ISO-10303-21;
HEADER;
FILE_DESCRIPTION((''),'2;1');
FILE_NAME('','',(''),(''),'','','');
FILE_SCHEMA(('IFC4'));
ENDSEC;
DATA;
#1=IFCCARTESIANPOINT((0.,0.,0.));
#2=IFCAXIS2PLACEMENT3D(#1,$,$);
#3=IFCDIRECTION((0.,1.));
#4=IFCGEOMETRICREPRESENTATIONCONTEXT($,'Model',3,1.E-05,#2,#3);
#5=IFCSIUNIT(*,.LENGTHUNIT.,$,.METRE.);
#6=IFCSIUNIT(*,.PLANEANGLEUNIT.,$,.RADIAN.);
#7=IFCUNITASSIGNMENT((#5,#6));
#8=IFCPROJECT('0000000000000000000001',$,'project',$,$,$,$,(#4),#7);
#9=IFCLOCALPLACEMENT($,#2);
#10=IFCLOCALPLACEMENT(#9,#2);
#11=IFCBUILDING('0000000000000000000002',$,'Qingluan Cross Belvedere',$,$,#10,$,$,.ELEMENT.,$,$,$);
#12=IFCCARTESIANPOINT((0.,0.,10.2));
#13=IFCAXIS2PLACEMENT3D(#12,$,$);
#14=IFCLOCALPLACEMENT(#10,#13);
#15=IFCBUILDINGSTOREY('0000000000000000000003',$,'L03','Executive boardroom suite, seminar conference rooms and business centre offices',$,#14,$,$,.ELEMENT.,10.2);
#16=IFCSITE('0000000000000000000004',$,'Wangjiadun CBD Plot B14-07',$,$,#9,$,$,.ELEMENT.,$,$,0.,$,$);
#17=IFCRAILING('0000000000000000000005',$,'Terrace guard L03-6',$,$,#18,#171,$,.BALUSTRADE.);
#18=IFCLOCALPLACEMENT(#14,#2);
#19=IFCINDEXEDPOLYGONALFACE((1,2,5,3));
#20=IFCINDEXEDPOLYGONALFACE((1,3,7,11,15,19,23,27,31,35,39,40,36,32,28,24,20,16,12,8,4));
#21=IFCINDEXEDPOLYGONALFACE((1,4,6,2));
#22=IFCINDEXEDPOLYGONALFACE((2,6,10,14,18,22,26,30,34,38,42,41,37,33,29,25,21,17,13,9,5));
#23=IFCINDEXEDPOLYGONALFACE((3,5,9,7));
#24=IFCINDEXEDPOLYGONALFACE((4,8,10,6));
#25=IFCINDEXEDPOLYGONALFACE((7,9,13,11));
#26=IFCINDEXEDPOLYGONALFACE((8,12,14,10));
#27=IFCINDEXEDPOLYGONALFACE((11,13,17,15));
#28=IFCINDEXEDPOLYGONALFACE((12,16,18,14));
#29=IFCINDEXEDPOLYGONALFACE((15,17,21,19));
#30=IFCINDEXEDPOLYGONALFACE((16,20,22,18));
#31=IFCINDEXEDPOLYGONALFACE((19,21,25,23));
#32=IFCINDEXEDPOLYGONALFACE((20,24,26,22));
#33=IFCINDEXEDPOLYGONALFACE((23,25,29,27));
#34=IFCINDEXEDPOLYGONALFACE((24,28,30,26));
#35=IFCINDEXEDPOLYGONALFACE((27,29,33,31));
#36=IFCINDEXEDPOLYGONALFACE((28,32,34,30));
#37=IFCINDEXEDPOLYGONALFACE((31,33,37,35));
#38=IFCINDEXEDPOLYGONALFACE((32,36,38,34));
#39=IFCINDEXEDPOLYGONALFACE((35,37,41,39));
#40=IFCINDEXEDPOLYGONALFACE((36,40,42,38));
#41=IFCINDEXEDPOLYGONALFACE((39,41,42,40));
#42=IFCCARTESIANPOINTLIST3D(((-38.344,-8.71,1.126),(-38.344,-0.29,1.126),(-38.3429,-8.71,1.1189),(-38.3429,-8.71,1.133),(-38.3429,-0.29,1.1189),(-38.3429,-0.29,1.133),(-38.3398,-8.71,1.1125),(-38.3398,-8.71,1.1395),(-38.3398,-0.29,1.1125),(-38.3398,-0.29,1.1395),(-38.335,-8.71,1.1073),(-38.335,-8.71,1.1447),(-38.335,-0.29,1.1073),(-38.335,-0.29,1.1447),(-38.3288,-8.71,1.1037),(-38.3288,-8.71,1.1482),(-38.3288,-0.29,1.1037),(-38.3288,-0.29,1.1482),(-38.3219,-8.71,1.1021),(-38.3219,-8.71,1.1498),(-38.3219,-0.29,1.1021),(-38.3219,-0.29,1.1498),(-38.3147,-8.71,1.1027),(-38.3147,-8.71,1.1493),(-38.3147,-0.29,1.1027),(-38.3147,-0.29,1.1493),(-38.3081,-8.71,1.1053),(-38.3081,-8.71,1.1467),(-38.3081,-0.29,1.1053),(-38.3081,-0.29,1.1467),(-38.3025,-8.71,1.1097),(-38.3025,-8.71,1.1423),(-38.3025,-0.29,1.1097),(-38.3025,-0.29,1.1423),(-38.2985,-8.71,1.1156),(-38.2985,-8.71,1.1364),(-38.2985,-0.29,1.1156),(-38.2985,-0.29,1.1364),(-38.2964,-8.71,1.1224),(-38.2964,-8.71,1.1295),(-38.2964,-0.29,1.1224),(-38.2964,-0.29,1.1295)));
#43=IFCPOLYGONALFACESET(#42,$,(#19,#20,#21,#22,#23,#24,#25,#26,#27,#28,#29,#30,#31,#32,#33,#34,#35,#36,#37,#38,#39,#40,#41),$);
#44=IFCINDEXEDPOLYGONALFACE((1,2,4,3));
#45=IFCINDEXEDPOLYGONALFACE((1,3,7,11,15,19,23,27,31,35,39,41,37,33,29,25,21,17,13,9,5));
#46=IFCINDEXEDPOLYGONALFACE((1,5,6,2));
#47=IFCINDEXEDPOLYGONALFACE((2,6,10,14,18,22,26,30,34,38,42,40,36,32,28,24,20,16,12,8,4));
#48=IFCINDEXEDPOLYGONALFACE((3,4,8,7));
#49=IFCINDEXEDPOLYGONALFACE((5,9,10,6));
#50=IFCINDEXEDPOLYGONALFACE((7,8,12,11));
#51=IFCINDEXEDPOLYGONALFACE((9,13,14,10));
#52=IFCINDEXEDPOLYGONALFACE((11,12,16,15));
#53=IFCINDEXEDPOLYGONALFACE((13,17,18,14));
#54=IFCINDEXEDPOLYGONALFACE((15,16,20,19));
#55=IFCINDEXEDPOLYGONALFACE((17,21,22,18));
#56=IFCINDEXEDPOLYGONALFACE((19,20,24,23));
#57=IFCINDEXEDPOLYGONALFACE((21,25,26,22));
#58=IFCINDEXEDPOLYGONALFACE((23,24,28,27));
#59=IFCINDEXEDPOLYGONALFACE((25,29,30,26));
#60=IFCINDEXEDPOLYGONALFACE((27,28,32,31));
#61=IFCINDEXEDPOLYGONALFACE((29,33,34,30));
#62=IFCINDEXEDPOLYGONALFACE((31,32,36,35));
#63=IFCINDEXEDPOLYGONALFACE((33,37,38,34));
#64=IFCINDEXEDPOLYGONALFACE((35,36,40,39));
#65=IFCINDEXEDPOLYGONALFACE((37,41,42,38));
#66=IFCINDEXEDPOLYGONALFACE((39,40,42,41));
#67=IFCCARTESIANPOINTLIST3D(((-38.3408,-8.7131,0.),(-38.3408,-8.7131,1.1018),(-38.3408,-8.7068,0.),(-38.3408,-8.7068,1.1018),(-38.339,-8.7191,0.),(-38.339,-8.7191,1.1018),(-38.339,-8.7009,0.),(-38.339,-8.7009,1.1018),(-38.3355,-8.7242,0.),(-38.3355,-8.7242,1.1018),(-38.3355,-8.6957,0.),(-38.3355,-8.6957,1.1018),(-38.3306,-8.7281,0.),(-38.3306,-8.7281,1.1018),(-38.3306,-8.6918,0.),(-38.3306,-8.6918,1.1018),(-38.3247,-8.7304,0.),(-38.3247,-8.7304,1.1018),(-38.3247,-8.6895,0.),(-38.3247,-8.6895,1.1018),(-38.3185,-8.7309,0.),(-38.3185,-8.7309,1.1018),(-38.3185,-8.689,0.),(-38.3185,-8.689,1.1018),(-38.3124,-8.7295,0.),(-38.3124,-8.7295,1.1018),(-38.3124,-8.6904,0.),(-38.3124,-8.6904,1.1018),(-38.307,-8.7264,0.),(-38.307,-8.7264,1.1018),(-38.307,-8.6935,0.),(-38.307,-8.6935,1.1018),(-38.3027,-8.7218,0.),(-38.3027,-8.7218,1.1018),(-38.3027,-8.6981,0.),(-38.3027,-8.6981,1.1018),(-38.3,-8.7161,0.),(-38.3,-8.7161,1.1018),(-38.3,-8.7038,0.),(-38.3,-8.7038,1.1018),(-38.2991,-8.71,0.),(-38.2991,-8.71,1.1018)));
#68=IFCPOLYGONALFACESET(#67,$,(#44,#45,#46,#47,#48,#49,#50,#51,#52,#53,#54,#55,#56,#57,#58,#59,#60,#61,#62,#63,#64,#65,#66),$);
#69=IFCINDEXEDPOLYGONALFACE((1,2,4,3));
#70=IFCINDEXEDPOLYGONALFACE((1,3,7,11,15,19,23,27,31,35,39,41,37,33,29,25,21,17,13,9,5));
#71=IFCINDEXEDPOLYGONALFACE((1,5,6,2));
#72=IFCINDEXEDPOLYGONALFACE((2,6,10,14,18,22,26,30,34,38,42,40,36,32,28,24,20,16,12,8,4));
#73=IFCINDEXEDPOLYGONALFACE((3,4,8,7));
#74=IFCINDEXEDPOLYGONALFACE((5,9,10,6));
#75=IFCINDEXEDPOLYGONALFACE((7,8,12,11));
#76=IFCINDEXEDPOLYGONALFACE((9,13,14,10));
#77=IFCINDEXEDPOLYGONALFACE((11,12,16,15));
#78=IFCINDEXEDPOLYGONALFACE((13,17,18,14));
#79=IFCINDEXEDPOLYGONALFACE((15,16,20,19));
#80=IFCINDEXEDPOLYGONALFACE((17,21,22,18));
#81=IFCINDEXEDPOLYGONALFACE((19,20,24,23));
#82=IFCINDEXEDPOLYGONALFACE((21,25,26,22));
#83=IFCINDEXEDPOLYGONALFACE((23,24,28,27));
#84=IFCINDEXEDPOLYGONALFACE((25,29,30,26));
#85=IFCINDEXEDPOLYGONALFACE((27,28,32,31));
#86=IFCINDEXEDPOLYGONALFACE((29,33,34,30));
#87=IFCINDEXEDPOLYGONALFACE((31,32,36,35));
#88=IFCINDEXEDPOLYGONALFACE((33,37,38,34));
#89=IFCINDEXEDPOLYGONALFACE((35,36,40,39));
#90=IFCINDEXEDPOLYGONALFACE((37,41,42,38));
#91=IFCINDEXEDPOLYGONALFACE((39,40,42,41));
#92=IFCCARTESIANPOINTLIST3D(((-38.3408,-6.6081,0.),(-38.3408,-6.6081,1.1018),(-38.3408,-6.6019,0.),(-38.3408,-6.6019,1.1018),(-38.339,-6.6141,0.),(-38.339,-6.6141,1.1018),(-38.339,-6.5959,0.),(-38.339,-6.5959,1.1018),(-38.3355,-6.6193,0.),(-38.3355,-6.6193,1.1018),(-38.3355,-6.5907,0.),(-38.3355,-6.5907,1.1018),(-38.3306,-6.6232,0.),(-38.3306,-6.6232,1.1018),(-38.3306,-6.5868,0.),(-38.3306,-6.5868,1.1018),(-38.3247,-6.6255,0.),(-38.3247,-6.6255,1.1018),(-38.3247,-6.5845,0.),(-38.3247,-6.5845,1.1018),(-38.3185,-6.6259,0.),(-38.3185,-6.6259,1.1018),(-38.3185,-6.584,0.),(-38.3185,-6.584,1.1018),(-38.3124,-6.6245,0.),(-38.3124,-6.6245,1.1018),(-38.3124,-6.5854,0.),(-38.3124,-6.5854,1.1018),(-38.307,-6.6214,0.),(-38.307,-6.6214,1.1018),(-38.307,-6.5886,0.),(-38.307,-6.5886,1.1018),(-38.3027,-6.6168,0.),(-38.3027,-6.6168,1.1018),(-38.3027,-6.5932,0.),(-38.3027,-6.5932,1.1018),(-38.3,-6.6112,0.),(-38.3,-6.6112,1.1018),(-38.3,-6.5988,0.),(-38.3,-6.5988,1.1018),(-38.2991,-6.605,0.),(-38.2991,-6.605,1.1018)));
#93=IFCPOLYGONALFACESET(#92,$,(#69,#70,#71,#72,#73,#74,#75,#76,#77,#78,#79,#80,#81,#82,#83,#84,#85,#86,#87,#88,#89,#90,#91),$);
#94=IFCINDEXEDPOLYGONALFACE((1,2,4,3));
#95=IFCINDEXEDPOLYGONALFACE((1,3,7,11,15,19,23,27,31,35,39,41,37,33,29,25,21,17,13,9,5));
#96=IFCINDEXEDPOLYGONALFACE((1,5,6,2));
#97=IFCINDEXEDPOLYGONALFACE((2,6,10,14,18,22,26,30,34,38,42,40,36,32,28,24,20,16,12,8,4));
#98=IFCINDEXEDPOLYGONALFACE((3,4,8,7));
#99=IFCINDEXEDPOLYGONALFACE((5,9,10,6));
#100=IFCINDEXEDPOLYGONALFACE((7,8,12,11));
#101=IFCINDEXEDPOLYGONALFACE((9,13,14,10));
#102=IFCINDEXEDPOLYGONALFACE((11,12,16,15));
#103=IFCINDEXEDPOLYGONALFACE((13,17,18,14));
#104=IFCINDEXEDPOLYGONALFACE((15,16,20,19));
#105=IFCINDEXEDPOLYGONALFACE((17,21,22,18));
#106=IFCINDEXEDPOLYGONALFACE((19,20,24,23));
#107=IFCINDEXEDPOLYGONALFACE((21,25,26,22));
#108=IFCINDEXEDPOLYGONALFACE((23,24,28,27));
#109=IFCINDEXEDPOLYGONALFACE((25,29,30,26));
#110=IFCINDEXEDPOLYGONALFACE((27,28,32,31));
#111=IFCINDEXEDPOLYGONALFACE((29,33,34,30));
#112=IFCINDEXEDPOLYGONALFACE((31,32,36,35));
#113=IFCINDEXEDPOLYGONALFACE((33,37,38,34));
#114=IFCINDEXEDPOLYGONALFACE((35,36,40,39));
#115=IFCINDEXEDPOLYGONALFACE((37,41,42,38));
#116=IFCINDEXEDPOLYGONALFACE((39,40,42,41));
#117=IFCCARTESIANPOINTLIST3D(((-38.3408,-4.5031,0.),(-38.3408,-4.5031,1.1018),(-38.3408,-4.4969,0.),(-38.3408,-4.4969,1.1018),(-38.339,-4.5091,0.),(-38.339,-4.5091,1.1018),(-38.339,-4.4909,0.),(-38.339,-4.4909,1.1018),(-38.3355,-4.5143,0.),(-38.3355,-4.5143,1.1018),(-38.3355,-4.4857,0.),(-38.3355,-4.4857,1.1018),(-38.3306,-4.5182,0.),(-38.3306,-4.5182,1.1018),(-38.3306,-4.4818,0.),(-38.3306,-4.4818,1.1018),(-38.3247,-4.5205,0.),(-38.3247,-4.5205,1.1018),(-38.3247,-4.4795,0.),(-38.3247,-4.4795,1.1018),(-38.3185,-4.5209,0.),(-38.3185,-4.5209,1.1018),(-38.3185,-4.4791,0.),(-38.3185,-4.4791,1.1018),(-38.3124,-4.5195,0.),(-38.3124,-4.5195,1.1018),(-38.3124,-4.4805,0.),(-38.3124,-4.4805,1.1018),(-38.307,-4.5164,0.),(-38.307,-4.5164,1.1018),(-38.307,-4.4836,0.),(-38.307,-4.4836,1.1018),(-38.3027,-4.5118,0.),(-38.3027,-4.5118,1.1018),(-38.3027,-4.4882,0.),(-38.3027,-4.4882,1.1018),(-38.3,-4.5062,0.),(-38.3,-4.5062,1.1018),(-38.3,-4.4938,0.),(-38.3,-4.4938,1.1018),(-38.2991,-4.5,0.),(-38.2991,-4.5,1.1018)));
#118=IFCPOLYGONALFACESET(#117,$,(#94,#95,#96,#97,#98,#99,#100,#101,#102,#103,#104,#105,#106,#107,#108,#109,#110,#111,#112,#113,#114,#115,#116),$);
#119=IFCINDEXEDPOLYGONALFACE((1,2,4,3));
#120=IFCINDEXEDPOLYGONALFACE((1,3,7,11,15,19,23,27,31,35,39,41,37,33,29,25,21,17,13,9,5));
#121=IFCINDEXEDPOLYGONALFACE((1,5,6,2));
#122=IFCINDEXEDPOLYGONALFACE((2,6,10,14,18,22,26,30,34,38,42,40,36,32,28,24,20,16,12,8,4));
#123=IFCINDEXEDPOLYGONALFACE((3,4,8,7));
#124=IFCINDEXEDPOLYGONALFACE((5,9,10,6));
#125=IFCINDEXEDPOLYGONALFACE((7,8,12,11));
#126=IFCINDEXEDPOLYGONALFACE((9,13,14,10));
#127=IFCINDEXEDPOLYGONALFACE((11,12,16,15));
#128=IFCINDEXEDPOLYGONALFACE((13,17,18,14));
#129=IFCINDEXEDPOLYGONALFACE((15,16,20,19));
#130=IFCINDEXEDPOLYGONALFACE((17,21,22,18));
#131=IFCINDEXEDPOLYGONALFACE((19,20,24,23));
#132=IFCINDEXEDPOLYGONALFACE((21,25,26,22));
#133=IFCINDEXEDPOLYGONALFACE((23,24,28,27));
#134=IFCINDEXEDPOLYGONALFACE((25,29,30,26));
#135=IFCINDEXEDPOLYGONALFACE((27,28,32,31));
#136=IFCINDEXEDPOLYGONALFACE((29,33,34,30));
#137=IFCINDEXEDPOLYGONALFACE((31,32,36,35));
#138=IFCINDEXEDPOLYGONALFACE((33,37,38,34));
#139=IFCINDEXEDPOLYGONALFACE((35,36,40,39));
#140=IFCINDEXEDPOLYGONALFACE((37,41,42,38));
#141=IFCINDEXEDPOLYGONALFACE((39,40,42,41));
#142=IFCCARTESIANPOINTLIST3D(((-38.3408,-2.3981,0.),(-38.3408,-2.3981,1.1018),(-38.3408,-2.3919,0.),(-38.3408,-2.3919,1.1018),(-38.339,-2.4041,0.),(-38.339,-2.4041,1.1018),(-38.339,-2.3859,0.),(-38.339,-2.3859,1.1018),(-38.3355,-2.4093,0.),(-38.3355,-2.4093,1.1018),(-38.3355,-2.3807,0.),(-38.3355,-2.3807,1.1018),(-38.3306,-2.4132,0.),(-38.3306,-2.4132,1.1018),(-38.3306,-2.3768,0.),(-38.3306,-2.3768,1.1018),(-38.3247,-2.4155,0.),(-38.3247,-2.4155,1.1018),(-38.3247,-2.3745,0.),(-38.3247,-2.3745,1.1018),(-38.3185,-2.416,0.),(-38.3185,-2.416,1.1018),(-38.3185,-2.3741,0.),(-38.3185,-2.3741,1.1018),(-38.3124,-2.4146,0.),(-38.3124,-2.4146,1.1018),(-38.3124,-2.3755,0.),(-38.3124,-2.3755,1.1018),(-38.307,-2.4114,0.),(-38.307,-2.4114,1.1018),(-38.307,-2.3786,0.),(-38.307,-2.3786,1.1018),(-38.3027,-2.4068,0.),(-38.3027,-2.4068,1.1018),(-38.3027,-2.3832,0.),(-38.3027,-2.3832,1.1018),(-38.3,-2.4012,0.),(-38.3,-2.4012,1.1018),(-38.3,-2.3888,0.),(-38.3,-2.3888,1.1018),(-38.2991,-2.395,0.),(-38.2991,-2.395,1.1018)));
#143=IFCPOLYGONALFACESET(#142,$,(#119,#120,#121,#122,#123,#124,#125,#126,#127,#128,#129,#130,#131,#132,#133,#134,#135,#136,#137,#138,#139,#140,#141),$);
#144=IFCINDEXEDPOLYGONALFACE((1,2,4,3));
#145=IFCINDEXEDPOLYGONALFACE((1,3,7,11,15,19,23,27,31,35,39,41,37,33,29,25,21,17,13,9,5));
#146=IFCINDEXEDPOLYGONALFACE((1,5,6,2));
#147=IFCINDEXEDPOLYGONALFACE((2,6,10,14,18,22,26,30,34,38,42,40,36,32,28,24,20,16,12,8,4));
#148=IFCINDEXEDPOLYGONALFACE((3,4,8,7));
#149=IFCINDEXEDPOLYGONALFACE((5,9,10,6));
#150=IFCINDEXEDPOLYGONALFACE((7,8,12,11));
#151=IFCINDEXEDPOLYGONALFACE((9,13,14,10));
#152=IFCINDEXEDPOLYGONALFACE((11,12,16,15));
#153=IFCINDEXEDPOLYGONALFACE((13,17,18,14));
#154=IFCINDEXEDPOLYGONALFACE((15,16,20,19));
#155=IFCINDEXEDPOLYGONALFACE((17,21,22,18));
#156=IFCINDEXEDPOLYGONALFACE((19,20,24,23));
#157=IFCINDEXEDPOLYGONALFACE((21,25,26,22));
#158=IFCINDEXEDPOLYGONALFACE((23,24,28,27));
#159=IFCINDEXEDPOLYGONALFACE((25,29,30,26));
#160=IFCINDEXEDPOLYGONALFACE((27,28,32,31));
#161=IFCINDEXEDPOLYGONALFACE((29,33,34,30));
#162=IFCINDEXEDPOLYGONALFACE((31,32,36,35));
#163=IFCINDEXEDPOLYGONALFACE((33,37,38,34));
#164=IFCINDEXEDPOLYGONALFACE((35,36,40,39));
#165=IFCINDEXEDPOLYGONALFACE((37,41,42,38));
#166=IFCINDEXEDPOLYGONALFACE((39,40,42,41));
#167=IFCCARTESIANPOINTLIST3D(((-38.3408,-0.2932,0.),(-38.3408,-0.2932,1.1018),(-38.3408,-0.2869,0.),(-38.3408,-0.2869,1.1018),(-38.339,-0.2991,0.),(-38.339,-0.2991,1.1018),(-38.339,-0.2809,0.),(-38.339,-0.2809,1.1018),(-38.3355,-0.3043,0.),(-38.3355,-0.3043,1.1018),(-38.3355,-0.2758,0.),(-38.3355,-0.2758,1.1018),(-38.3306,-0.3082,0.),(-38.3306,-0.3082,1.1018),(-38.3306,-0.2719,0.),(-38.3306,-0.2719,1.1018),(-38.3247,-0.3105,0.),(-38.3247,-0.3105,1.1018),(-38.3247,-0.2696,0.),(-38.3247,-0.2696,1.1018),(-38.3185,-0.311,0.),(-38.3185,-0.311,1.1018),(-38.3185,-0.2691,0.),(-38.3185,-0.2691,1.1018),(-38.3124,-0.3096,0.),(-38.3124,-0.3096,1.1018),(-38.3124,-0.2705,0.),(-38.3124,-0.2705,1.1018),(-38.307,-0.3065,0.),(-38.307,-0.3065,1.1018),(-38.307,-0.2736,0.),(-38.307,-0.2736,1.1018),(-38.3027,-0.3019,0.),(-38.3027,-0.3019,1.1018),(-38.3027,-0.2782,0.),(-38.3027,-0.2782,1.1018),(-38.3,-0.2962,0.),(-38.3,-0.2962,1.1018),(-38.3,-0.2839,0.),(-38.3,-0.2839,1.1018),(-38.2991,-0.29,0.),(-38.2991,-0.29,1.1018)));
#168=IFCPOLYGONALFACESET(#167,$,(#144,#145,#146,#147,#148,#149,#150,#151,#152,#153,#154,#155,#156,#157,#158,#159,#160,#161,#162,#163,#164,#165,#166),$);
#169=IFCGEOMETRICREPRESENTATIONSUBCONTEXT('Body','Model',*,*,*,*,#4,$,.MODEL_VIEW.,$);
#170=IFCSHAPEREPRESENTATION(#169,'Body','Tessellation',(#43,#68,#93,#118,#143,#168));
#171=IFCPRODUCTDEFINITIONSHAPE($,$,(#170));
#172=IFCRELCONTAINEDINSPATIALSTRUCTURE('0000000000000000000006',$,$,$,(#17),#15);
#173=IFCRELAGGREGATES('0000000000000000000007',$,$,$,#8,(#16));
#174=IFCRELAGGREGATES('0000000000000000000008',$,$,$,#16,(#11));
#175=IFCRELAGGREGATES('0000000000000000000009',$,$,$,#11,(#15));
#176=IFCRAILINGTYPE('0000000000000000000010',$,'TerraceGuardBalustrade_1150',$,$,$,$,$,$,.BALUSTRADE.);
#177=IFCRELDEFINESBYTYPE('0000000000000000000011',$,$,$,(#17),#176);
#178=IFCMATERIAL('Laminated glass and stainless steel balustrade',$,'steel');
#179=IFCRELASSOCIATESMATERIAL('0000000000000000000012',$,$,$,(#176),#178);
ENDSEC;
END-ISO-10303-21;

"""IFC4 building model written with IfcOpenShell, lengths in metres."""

from ifc_helpers import new_model, si_unit, direction, frame, origin, origin_2d, place, context, subcontext, project, spatial, circle, extrude, material, type_object, element, save


model = new_model("IFC4")

# Units and contexts
model_context = context("Model", 3, precision=1e-05, world=origin(), true_north=direction((0.0, 1.0)))
body_context = subcontext(model_context, "Body", "Model", "MODEL_VIEW")
ifc_project = project(units=[si_unit("LENGTHUNIT", "METRE"), si_unit("PLANEANGLEUNIT", "RADIAN")], contexts=[model_context])

# Site, building, storey
site_placement = place(None, origin())
site = spatial("IfcSite", under=ifc_project, at=site_placement, Name="Wangjiadun CBD Plot B14-07", CompositionType="ELEMENT", RefElevation=0.0)
building_placement = place(site_placement, origin())
building = spatial("IfcBuilding", under=site, at=building_placement, Name="Qingluan Cross Belvedere", CompositionType="ELEMENT")
storey_placement = place(building_placement, frame((0.0, 0.0, 10.2)))
storey = spatial("IfcBuildingStorey", under=building, at=storey_placement, Name="L03", Description="Executive boardroom suite, seminar conference rooms and business centre offices", CompositionType="ELEMENT", Elevation=10.2)

# Railing
ifc_material_1 = material(Name="Laminated glass and stainless steel balustrade", Category="steel")
railing_type = type_object("IfcRailingType", Name="TerraceGuardBalustrade_1150", PredefinedType="BALUSTRADE", material=ifc_material_1)
railing_placement = place(storey_placement, frame((-38.3201, -8.71, 0.0)))
element("IfcRailing", 1, at=railing_placement, inside=storey, type_object=railing_type, Name="Terrace guard L03-6", PredefinedType="BALUSTRADE", context=body_context, shape_type="SweptSolid", body=[
    extrude(circle(Radius=0.0239, at=origin_2d()), frame((0.0, 0.0, 1.126), z_axis=(0.0, 1.0, 0.0), x_axis=(-1.0, 0.0, 0.0)), (0.0, 0.0, 1.0), 8.4199),
    extrude(circle(Radius=0.021, at=origin_2d()), origin(), (0.0, 0.0, 1.0), 1.1018),
    extrude(circle(Radius=0.021, at=origin_2d()), frame((0.0, 2.105, 0.0)), (0.0, 0.0, 1.0), 1.1018),
    extrude(circle(Radius=0.021, at=origin_2d()), frame((0.0, 4.21, 0.0)), (0.0, 0.0, 1.0), 1.1018),
    extrude(circle(Radius=0.021, at=origin_2d()), frame((0.0, 6.3149, 0.0)), (0.0, 0.0, 1.0), 1.1018),
    extrude(circle(Radius=0.021, at=origin_2d()), frame((0.0, 8.4199, 0.0)), (0.0, 0.0, 1.0), 1.1018),
])

save(model, "model.ifc")
